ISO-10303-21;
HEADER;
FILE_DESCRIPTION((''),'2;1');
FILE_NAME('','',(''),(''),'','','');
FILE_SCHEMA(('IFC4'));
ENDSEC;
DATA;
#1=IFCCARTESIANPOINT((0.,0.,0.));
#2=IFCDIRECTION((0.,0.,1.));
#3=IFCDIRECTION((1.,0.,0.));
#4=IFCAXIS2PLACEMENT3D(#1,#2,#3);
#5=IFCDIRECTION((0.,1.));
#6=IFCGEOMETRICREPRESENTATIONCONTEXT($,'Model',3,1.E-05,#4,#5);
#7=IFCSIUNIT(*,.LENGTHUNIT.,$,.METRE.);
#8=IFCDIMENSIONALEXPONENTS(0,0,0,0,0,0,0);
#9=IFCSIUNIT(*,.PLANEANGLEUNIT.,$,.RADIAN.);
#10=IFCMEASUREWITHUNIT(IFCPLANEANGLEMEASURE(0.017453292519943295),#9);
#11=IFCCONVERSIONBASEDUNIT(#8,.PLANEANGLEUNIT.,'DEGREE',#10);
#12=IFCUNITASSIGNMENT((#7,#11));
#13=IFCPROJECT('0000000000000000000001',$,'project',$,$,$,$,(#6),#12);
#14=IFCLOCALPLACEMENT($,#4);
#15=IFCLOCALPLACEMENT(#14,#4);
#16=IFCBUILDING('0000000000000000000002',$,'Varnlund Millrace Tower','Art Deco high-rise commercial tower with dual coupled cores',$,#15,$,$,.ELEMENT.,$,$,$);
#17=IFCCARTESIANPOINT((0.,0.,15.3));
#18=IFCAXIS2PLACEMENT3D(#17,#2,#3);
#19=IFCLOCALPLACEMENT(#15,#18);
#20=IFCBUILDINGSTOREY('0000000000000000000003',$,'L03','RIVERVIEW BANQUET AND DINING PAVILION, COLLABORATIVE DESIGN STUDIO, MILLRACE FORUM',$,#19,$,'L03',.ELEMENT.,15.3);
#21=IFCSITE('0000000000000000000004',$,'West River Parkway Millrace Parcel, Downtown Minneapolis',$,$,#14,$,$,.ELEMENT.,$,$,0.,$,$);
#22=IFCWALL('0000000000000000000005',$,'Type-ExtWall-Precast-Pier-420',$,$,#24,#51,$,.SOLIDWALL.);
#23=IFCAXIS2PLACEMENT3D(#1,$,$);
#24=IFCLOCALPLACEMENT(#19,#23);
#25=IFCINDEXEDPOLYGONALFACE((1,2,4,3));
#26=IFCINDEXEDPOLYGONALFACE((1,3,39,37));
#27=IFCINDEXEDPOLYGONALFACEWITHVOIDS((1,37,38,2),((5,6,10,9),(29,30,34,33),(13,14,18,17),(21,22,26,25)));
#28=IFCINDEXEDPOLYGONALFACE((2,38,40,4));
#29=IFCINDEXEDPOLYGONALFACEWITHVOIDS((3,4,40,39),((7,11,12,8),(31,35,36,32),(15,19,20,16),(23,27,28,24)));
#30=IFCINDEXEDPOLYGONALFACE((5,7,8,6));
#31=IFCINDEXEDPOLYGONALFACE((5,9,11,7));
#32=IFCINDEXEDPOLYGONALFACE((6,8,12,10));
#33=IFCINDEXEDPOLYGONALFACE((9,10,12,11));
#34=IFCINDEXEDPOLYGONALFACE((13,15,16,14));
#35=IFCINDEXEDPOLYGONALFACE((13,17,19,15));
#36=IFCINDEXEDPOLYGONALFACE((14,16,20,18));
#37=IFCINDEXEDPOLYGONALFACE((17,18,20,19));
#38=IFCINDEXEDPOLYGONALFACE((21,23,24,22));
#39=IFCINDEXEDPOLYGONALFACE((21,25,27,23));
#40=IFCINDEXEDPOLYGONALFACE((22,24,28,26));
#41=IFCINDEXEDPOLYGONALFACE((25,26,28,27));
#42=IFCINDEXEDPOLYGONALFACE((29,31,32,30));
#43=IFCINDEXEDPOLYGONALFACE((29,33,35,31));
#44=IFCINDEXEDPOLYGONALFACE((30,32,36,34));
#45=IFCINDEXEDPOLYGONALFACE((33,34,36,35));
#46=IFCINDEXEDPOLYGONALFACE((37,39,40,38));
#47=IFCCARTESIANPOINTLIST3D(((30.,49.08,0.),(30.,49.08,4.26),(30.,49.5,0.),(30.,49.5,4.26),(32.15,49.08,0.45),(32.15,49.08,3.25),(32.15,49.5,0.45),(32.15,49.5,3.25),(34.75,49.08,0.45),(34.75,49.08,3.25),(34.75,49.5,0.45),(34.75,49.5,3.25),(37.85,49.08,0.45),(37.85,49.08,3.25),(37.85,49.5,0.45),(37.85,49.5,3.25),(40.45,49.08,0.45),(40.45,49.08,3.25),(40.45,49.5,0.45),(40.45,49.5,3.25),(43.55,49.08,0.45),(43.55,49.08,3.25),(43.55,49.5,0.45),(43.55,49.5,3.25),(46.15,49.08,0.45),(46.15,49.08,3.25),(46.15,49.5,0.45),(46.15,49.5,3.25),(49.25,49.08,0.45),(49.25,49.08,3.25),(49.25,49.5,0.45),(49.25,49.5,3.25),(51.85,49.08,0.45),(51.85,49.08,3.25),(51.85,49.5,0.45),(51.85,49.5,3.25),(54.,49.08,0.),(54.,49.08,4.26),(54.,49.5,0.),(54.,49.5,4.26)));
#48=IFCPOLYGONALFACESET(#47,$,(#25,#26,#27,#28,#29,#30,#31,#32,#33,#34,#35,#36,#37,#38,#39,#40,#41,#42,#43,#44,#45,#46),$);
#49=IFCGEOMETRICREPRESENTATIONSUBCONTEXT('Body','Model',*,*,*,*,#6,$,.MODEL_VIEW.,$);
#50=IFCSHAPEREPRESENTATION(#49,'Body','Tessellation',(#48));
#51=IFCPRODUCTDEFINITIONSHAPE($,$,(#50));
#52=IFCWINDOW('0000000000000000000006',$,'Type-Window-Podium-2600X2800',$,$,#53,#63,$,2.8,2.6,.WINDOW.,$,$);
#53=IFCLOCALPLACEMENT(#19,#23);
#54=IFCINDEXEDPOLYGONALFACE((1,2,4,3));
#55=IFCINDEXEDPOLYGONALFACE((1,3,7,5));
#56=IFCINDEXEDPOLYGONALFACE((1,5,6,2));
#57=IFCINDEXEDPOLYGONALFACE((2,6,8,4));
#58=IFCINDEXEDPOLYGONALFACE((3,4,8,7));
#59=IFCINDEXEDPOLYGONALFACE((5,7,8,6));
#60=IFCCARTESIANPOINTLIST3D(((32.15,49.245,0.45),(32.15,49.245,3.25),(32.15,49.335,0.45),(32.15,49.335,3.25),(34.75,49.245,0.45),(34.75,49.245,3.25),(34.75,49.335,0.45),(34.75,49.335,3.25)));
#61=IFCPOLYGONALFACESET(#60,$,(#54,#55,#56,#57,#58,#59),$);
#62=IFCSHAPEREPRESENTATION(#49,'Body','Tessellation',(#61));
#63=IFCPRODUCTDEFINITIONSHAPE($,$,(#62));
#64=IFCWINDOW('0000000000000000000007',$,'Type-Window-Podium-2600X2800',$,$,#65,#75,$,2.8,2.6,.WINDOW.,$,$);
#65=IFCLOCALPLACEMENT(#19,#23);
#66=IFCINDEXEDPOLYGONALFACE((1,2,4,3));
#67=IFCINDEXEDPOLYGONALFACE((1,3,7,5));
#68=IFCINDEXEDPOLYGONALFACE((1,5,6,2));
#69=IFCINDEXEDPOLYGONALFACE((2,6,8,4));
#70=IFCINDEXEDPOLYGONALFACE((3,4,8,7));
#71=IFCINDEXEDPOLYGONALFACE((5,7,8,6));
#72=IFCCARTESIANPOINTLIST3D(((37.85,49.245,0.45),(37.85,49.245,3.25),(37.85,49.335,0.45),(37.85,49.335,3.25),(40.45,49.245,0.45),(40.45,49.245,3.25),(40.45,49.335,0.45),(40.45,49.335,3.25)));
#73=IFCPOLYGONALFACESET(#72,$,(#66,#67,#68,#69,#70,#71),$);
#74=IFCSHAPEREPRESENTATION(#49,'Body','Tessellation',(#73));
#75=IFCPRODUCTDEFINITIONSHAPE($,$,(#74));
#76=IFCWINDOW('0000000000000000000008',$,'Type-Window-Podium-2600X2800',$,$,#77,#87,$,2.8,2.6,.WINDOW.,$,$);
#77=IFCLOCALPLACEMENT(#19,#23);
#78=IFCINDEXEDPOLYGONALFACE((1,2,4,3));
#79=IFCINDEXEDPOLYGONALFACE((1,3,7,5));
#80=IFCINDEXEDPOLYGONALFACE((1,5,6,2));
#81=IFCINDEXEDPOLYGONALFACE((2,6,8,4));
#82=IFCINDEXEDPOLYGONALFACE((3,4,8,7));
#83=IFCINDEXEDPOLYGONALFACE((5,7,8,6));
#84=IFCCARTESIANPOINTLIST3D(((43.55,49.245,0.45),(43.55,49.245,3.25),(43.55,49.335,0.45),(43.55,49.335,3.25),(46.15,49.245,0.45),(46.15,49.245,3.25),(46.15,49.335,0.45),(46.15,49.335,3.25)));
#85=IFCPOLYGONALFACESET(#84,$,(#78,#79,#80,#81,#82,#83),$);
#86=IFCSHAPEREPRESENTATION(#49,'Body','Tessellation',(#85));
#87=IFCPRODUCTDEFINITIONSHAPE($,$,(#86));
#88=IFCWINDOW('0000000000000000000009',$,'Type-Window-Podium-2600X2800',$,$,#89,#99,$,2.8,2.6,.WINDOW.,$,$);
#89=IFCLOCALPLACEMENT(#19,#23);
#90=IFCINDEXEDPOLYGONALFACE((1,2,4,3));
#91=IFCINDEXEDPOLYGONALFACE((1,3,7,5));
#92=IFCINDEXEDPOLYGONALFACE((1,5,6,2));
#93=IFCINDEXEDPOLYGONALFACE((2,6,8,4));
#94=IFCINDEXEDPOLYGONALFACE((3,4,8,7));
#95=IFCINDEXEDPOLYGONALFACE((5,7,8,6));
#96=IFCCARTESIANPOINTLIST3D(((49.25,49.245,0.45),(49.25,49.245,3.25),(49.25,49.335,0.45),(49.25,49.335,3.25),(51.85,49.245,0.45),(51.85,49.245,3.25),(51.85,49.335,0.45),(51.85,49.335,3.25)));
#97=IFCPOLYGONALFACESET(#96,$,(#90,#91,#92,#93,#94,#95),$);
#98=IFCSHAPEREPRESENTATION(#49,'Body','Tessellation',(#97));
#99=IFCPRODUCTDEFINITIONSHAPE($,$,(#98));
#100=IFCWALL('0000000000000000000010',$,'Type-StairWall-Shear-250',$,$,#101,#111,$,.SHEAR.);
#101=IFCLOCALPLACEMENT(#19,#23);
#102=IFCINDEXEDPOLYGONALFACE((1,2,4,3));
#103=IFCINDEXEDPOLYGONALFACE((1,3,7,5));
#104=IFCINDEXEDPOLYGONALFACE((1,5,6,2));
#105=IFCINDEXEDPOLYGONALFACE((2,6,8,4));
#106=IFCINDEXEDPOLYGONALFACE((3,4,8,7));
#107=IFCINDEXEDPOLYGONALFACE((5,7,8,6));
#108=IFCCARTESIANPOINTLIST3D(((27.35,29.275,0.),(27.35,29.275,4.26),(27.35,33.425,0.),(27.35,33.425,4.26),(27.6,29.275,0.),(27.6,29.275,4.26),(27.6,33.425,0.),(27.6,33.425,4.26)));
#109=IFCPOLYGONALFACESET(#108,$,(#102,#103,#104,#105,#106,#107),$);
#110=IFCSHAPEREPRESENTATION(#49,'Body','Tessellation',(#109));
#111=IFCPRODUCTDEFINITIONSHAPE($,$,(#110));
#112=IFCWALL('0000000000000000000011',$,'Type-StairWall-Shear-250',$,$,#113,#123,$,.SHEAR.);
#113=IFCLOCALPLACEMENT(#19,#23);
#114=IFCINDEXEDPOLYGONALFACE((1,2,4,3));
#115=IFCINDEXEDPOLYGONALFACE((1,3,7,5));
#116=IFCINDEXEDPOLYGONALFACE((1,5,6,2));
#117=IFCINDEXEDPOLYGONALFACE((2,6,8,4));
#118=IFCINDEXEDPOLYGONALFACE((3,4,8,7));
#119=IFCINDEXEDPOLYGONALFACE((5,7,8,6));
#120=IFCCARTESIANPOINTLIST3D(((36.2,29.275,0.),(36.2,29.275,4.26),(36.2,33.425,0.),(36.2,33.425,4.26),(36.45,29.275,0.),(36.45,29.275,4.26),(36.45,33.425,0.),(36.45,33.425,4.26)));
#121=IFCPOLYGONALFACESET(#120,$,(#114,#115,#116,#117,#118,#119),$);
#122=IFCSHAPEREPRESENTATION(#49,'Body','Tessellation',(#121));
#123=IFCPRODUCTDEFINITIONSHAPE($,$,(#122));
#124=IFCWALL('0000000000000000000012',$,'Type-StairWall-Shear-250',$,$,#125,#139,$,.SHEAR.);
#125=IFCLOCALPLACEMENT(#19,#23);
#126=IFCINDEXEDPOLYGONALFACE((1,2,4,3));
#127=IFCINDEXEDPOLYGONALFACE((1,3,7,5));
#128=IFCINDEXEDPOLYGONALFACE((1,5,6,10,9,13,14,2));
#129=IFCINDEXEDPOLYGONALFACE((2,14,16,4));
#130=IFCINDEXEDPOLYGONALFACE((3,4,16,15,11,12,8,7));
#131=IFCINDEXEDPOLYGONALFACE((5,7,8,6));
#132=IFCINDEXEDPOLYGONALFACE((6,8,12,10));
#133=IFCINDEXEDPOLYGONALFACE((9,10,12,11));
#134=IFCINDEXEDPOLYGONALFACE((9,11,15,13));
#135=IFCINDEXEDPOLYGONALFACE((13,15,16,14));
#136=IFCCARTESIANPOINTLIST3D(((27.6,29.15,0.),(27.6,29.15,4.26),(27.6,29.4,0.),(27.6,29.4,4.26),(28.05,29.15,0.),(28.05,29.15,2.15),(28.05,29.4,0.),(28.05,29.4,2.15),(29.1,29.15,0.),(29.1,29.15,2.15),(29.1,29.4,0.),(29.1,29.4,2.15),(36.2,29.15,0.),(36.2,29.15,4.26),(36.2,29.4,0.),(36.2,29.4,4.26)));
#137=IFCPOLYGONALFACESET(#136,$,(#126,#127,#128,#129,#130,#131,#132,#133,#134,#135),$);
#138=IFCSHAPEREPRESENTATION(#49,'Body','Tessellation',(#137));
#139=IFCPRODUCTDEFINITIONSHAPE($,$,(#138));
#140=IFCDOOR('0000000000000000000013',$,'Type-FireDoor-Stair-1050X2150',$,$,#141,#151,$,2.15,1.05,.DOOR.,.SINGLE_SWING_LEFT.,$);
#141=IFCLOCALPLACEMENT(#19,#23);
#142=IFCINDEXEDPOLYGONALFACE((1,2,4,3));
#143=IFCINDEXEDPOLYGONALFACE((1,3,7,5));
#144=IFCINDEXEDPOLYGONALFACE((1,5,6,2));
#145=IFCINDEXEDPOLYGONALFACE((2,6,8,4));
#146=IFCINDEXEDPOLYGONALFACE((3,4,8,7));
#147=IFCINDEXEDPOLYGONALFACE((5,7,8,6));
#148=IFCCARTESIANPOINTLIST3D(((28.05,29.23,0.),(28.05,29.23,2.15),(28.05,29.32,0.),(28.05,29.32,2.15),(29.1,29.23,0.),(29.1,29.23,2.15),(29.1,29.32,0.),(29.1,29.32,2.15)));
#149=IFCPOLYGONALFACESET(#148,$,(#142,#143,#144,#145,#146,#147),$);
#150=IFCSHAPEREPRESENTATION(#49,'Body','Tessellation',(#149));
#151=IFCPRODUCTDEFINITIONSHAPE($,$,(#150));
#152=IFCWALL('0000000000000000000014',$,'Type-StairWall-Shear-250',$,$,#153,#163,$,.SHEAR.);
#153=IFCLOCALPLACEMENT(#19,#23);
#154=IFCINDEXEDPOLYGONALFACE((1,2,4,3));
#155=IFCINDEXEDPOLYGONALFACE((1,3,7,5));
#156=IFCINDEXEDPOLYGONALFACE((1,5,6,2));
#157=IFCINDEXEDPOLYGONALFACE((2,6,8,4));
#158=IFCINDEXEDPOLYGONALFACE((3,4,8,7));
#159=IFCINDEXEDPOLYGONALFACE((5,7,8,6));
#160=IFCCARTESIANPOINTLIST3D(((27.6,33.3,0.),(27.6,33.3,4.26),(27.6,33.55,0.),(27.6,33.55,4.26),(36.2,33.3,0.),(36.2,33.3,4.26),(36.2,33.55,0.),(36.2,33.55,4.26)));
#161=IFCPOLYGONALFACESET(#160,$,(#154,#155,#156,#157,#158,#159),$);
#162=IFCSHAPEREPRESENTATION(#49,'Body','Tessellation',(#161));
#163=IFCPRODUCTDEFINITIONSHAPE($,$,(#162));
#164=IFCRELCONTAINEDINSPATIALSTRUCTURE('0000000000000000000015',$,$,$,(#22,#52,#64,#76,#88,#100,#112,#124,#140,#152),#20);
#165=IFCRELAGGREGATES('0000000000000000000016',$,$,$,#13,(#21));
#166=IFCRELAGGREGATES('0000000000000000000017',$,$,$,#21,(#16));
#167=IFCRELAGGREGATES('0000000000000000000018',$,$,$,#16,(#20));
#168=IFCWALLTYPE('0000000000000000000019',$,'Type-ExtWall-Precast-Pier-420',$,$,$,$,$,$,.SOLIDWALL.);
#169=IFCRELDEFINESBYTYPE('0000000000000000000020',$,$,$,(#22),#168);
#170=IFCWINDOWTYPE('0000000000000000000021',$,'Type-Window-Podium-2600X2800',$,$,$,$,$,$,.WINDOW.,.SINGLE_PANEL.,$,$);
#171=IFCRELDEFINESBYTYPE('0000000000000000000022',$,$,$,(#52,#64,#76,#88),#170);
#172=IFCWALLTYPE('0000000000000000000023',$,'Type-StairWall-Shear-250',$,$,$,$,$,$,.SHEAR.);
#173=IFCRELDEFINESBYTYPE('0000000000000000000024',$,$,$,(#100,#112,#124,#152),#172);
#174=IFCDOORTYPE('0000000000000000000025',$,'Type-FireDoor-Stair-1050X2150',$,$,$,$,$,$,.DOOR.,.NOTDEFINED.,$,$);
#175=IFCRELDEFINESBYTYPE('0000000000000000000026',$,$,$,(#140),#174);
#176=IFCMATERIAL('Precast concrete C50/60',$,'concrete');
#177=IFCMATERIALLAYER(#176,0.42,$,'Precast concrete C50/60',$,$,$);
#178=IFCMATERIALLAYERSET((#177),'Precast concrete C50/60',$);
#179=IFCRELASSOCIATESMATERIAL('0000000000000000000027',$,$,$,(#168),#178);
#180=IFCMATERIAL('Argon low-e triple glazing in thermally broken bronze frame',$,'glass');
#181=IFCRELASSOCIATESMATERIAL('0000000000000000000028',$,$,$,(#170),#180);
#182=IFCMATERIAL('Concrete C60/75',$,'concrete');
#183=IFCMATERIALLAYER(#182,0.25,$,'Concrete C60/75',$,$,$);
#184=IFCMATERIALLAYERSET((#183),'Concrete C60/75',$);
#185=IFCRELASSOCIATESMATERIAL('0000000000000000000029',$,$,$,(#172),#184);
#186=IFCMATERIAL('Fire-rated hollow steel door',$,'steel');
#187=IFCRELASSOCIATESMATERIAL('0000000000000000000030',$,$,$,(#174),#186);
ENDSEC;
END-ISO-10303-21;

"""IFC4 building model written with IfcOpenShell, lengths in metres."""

from ifc_helpers import new_model, entity, si_unit, converted_unit, direction, frame, origin_with_axes, origin_2d_with_axis, place, context, subcontext, project, spatial, polyline, rectangle, outline, extrude, material, layer, layer_set, type_object, element, fill, save


model = new_model("IFC4")

# Units and contexts
model_context = context("Model", 3, precision=1e-05, world=origin_with_axes(), true_north=direction((0.0, 1.0)))
body_context = subcontext(model_context, "Body", "Model", "MODEL_VIEW")
ifc_project = project(units=[si_unit("LENGTHUNIT", "METRE"), converted_unit("PLANEANGLEUNIT", "DEGREE", entity("IfcPlaneAngleMeasure", 0.017453292519943295), si_unit("PLANEANGLEUNIT", "RADIAN"), dimensions=[0, 0, 0, 0, 0, 0, 0])], contexts=[model_context])

# Site, building, storey
site_placement = place(None, origin_with_axes())
site = spatial("IfcSite", under=ifc_project, at=site_placement, Name="West River Parkway Millrace Parcel, Downtown Minneapolis", CompositionType="ELEMENT", RefElevation=0.0)
building_placement = place(site_placement, origin_with_axes())
building = spatial("IfcBuilding", under=site, at=building_placement, Name="Varnlund Millrace Tower", Description="Art Deco high-rise commercial tower with dual coupled cores", CompositionType="ELEMENT")
storey_placement = place(building_placement, frame((0.0, 0.0, 15.3), z_axis=(0.0, 0.0, 1.0), x_axis=(1.0, 0.0, 0.0)))
storey = spatial("IfcBuildingStorey", under=building, at=storey_placement, Name="L03", Description="RIVERVIEW BANQUET AND DINING PAVILION, COLLABORATIVE DESIGN STUDIO, MILLRACE FORUM", LongName="L03", CompositionType="ELEMENT", Elevation=15.3)

# Wall, openings, windows
ifc_material_1 = material(Name="Precast concrete C50/60", Category="concrete")
ifc_layer_1 = layer(ifc_material_1, 0.42, Name="Precast concrete C50/60")
ifc_layer_set_1 = layer_set([ifc_layer_1], Name="Precast concrete C50/60")
wall_type_1 = type_object("IfcWallType", Name="Type-ExtWall-Precast-Pier-420", PredefinedType="SOLIDWALL", material=ifc_layer_set_1)
wall_1_placement = place(storey_placement, frame((30.0, 49.29, 0.0), z_axis=(0.0, 0.0, 1.0), x_axis=(1.0, 0.0, 0.0)))
wall_1 = element("IfcWall", 1, at=wall_1_placement, inside=storey, type_object=wall_type_1, Name="Type-ExtWall-Precast-Pier-420", PredefinedType="SOLIDWALL", context=body_context, shape_type="SweptSolid", body=[
    extrude(outline(polyline([(0.0, -0.21), (24.0, -0.21), (24.0, 0.21), (0.0, 0.21), (0.0, -0.21)])), origin_with_axes(), (0.0, 0.0, 1.0), 4.26),
])
opening_1_placement = place(wall_1_placement, frame((3.45, 0.0, 0.45), z_axis=(0.0, 0.0, 1.0), x_axis=(1.0, 0.0, 0.0)))
opening_1 = element("IfcOpeningElement", 2, at=opening_1_placement, cuts=wall_1, PredefinedType="OPENING", context=body_context, shape_type="SweptSolid", body=[
    extrude(rectangle(XDim=2.6, YDim=0.44, at=origin_2d_with_axis()), origin_with_axes(), (0.0, 0.0, 1.0), 2.8),
])
opening_2_placement = place(wall_1_placement, frame((9.15, 0.0, 0.45), z_axis=(0.0, 0.0, 1.0), x_axis=(1.0, 0.0, 0.0)))
opening_2 = element("IfcOpeningElement", 3, at=opening_2_placement, cuts=wall_1, PredefinedType="OPENING", context=body_context, shape_type="SweptSolid", body=[
    extrude(rectangle(XDim=2.6, YDim=0.44, at=origin_2d_with_axis()), origin_with_axes(), (0.0, 0.0, 1.0), 2.8),
])
opening_3_placement = place(wall_1_placement, frame((14.85, 0.0, 0.45), z_axis=(0.0, 0.0, 1.0), x_axis=(1.0, 0.0, 0.0)))
opening_3 = element("IfcOpeningElement", 4, at=opening_3_placement, cuts=wall_1, PredefinedType="OPENING", context=body_context, shape_type="SweptSolid", body=[
    extrude(rectangle(XDim=2.6, YDim=0.44, at=origin_2d_with_axis()), origin_with_axes(), (0.0, 0.0, 1.0), 2.8),
])
opening_4_placement = place(wall_1_placement, frame((20.55, 0.0, 0.45), z_axis=(0.0, 0.0, 1.0), x_axis=(1.0, 0.0, 0.0)))
opening_4 = element("IfcOpeningElement", 5, at=opening_4_placement, cuts=wall_1, PredefinedType="OPENING", context=body_context, shape_type="SweptSolid", body=[
    extrude(rectangle(XDim=2.6, YDim=0.44, at=origin_2d_with_axis()), origin_with_axes(), (0.0, 0.0, 1.0), 2.8),
])
ifc_material_2 = material(Name="Argon low-e triple glazing in thermally broken bronze frame", Category="glass")
window_type = type_object("IfcWindowType", Name="Type-Window-Podium-2600X2800", PartitioningType="SINGLE_PANEL", PredefinedType="WINDOW", material=ifc_material_2)
window_1_placement = place(wall_1_placement, frame((3.45, 0.0, 0.45), z_axis=(0.0, 0.0, 1.0), x_axis=(1.0, 0.0, 0.0)))
window_1 = element("IfcWindow", 6, at=window_1_placement, inside=storey, type_object=window_type, Name="Type-Window-Podium-2600X2800", OverallHeight=2.8, OverallWidth=2.6, PredefinedType="WINDOW", context=body_context, shape_type="SweptSolid", body=[
    extrude(rectangle(XDim=2.6, YDim=0.09, at=origin_2d_with_axis()), origin_with_axes(), (0.0, 0.0, 1.0), 2.8),
])
fill(opening_1, window_1)
window_2_placement = place(wall_1_placement, frame((9.15, 0.0, 0.45), z_axis=(0.0, 0.0, 1.0), x_axis=(1.0, 0.0, 0.0)))
window_2 = element("IfcWindow", 7, at=window_2_placement, inside=storey, type_object=window_type, Name="Type-Window-Podium-2600X2800", OverallHeight=2.8, OverallWidth=2.6, PredefinedType="WINDOW", context=body_context, shape_type="SweptSolid", body=[
    extrude(rectangle(XDim=2.6, YDim=0.09, at=origin_2d_with_axis()), origin_with_axes(), (0.0, 0.0, 1.0), 2.8),
])
fill(opening_2, window_2)
window_3_placement = place(wall_1_placement, frame((14.85, 0.0, 0.45), z_axis=(0.0, 0.0, 1.0), x_axis=(1.0, 0.0, 0.0)))
window_3 = element("IfcWindow", 8, at=window_3_placement, inside=storey, type_object=window_type, Name="Type-Window-Podium-2600X2800", OverallHeight=2.8, OverallWidth=2.6, PredefinedType="WINDOW", context=body_context, shape_type="SweptSolid", body=[
    extrude(rectangle(XDim=2.6, YDim=0.09, at=origin_2d_with_axis()), origin_with_axes(), (0.0, 0.0, 1.0), 2.8),
])
fill(opening_3, window_3)
window_4_placement = place(wall_1_placement, frame((20.55, 0.0, 0.45), z_axis=(0.0, 0.0, 1.0), x_axis=(1.0, 0.0, 0.0)))
window_4 = element("IfcWindow", 9, at=window_4_placement, inside=storey, type_object=window_type, Name="Type-Window-Podium-2600X2800", OverallHeight=2.8, OverallWidth=2.6, PredefinedType="WINDOW", context=body_context, shape_type="SweptSolid", body=[
    extrude(rectangle(XDim=2.6, YDim=0.09, at=origin_2d_with_axis()), origin_with_axes(), (0.0, 0.0, 1.0), 2.8),
])
fill(opening_4, window_4)

# Walls
ifc_material_3 = material(Name="Concrete C60/75", Category="concrete")
ifc_layer_2 = layer(ifc_material_3, 0.25, Name="Concrete C60/75")
ifc_layer_set_2 = layer_set([ifc_layer_2], Name="Concrete C60/75")
wall_type_2 = type_object("IfcWallType", Name="Type-StairWall-Shear-250", PredefinedType="SHEAR", material=ifc_layer_set_2)
for number, where, z_axis, x_axis, name in (
    (10, (27.475, 29.275, 0.0), (0.0, 0.0, 1.0), (0.0, 1.0, 0.0), "Type-StairWall-Shear-250"),
    (11, (36.325, 29.275, 0.0), (0.0, 0.0, 1.0), (0.0, 1.0, 0.0), "Type-StairWall-Shear-250"),
):
    element("IfcWall", number, at=place(storey_placement, frame(where, z_axis=z_axis, x_axis=x_axis)), inside=storey, type_object=wall_type_2, Name=name, PredefinedType="SHEAR", context=body_context, shape_type="SweptSolid", body=[
        extrude(outline(polyline([(0.0, -0.125), (4.15, -0.125), (4.15, 0.125), (0.0, 0.125), (0.0, -0.125)])), origin_with_axes(), (0.0, 0.0, 1.0), 4.26),
    ])

# Wall, opening, door
wall_2_placement = place(storey_placement, frame((27.6, 29.275, 0.0), z_axis=(0.0, 0.0, 1.0), x_axis=(1.0, 0.0, 0.0)))
wall_2 = element("IfcWall", 12, at=wall_2_placement, inside=storey, type_object=wall_type_2, Name="Type-StairWall-Shear-250", PredefinedType="SHEAR", context=body_context, shape_type="SweptSolid", body=[
    extrude(outline(polyline([(0.0, -0.125), (8.6, -0.125), (8.6, 0.125), (0.0, 0.125), (0.0, -0.125)])), origin_with_axes(), (0.0, 0.0, 1.0), 4.26),
])
opening_5_placement = place(wall_2_placement, frame((0.975, 0.0, 0.0), z_axis=(0.0, 0.0, 1.0), x_axis=(1.0, 0.0, 0.0)))
opening_5 = element("IfcOpeningElement", 13, at=opening_5_placement, cuts=wall_2, PredefinedType="OPENING", context=body_context, shape_type="SweptSolid", body=[
    extrude(rectangle(XDim=1.05, YDim=0.27, at=origin_2d_with_axis()), origin_with_axes(), (0.0, 0.0, 1.0), 2.15),
])
ifc_material_4 = material(Name="Fire-rated hollow steel door", Category="steel")
door_type = type_object("IfcDoorType", Name="Type-FireDoor-Stair-1050X2150", OperationType="NOTDEFINED", PredefinedType="DOOR", material=ifc_material_4)
door_placement = place(wall_2_placement, frame((0.975, 0.0, 0.0), z_axis=(0.0, 0.0, 1.0), x_axis=(1.0, 0.0, 0.0)))
door = element("IfcDoor", 14, at=door_placement, inside=storey, type_object=door_type, Name="Type-FireDoor-Stair-1050X2150", OperationType="SINGLE_SWING_LEFT", OverallHeight=2.15, OverallWidth=1.05, PredefinedType="DOOR", context=body_context, shape_type="SweptSolid", body=[
    extrude(rectangle(XDim=1.05, YDim=0.09, at=origin_2d_with_axis()), origin_with_axes(), (0.0, 0.0, 1.0), 2.15),
])
fill(opening_5, door)

# Wall
wall_3_placement = place(storey_placement, frame((27.6, 33.425, 0.0), z_axis=(0.0, 0.0, 1.0), x_axis=(1.0, 0.0, 0.0)))
element("IfcWall", 15, at=wall_3_placement, inside=storey, type_object=wall_type_2, Name="Type-StairWall-Shear-250", PredefinedType="SHEAR", context=body_context, shape_type="SweptSolid", body=[
    extrude(outline(polyline([(0.0, -0.125), (8.6, -0.125), (8.6, 0.125), (0.0, 0.125), (0.0, -0.125)])), origin_with_axes(), (0.0, 0.0, 1.0), 4.26),
])

save(model, "model.ifc")
